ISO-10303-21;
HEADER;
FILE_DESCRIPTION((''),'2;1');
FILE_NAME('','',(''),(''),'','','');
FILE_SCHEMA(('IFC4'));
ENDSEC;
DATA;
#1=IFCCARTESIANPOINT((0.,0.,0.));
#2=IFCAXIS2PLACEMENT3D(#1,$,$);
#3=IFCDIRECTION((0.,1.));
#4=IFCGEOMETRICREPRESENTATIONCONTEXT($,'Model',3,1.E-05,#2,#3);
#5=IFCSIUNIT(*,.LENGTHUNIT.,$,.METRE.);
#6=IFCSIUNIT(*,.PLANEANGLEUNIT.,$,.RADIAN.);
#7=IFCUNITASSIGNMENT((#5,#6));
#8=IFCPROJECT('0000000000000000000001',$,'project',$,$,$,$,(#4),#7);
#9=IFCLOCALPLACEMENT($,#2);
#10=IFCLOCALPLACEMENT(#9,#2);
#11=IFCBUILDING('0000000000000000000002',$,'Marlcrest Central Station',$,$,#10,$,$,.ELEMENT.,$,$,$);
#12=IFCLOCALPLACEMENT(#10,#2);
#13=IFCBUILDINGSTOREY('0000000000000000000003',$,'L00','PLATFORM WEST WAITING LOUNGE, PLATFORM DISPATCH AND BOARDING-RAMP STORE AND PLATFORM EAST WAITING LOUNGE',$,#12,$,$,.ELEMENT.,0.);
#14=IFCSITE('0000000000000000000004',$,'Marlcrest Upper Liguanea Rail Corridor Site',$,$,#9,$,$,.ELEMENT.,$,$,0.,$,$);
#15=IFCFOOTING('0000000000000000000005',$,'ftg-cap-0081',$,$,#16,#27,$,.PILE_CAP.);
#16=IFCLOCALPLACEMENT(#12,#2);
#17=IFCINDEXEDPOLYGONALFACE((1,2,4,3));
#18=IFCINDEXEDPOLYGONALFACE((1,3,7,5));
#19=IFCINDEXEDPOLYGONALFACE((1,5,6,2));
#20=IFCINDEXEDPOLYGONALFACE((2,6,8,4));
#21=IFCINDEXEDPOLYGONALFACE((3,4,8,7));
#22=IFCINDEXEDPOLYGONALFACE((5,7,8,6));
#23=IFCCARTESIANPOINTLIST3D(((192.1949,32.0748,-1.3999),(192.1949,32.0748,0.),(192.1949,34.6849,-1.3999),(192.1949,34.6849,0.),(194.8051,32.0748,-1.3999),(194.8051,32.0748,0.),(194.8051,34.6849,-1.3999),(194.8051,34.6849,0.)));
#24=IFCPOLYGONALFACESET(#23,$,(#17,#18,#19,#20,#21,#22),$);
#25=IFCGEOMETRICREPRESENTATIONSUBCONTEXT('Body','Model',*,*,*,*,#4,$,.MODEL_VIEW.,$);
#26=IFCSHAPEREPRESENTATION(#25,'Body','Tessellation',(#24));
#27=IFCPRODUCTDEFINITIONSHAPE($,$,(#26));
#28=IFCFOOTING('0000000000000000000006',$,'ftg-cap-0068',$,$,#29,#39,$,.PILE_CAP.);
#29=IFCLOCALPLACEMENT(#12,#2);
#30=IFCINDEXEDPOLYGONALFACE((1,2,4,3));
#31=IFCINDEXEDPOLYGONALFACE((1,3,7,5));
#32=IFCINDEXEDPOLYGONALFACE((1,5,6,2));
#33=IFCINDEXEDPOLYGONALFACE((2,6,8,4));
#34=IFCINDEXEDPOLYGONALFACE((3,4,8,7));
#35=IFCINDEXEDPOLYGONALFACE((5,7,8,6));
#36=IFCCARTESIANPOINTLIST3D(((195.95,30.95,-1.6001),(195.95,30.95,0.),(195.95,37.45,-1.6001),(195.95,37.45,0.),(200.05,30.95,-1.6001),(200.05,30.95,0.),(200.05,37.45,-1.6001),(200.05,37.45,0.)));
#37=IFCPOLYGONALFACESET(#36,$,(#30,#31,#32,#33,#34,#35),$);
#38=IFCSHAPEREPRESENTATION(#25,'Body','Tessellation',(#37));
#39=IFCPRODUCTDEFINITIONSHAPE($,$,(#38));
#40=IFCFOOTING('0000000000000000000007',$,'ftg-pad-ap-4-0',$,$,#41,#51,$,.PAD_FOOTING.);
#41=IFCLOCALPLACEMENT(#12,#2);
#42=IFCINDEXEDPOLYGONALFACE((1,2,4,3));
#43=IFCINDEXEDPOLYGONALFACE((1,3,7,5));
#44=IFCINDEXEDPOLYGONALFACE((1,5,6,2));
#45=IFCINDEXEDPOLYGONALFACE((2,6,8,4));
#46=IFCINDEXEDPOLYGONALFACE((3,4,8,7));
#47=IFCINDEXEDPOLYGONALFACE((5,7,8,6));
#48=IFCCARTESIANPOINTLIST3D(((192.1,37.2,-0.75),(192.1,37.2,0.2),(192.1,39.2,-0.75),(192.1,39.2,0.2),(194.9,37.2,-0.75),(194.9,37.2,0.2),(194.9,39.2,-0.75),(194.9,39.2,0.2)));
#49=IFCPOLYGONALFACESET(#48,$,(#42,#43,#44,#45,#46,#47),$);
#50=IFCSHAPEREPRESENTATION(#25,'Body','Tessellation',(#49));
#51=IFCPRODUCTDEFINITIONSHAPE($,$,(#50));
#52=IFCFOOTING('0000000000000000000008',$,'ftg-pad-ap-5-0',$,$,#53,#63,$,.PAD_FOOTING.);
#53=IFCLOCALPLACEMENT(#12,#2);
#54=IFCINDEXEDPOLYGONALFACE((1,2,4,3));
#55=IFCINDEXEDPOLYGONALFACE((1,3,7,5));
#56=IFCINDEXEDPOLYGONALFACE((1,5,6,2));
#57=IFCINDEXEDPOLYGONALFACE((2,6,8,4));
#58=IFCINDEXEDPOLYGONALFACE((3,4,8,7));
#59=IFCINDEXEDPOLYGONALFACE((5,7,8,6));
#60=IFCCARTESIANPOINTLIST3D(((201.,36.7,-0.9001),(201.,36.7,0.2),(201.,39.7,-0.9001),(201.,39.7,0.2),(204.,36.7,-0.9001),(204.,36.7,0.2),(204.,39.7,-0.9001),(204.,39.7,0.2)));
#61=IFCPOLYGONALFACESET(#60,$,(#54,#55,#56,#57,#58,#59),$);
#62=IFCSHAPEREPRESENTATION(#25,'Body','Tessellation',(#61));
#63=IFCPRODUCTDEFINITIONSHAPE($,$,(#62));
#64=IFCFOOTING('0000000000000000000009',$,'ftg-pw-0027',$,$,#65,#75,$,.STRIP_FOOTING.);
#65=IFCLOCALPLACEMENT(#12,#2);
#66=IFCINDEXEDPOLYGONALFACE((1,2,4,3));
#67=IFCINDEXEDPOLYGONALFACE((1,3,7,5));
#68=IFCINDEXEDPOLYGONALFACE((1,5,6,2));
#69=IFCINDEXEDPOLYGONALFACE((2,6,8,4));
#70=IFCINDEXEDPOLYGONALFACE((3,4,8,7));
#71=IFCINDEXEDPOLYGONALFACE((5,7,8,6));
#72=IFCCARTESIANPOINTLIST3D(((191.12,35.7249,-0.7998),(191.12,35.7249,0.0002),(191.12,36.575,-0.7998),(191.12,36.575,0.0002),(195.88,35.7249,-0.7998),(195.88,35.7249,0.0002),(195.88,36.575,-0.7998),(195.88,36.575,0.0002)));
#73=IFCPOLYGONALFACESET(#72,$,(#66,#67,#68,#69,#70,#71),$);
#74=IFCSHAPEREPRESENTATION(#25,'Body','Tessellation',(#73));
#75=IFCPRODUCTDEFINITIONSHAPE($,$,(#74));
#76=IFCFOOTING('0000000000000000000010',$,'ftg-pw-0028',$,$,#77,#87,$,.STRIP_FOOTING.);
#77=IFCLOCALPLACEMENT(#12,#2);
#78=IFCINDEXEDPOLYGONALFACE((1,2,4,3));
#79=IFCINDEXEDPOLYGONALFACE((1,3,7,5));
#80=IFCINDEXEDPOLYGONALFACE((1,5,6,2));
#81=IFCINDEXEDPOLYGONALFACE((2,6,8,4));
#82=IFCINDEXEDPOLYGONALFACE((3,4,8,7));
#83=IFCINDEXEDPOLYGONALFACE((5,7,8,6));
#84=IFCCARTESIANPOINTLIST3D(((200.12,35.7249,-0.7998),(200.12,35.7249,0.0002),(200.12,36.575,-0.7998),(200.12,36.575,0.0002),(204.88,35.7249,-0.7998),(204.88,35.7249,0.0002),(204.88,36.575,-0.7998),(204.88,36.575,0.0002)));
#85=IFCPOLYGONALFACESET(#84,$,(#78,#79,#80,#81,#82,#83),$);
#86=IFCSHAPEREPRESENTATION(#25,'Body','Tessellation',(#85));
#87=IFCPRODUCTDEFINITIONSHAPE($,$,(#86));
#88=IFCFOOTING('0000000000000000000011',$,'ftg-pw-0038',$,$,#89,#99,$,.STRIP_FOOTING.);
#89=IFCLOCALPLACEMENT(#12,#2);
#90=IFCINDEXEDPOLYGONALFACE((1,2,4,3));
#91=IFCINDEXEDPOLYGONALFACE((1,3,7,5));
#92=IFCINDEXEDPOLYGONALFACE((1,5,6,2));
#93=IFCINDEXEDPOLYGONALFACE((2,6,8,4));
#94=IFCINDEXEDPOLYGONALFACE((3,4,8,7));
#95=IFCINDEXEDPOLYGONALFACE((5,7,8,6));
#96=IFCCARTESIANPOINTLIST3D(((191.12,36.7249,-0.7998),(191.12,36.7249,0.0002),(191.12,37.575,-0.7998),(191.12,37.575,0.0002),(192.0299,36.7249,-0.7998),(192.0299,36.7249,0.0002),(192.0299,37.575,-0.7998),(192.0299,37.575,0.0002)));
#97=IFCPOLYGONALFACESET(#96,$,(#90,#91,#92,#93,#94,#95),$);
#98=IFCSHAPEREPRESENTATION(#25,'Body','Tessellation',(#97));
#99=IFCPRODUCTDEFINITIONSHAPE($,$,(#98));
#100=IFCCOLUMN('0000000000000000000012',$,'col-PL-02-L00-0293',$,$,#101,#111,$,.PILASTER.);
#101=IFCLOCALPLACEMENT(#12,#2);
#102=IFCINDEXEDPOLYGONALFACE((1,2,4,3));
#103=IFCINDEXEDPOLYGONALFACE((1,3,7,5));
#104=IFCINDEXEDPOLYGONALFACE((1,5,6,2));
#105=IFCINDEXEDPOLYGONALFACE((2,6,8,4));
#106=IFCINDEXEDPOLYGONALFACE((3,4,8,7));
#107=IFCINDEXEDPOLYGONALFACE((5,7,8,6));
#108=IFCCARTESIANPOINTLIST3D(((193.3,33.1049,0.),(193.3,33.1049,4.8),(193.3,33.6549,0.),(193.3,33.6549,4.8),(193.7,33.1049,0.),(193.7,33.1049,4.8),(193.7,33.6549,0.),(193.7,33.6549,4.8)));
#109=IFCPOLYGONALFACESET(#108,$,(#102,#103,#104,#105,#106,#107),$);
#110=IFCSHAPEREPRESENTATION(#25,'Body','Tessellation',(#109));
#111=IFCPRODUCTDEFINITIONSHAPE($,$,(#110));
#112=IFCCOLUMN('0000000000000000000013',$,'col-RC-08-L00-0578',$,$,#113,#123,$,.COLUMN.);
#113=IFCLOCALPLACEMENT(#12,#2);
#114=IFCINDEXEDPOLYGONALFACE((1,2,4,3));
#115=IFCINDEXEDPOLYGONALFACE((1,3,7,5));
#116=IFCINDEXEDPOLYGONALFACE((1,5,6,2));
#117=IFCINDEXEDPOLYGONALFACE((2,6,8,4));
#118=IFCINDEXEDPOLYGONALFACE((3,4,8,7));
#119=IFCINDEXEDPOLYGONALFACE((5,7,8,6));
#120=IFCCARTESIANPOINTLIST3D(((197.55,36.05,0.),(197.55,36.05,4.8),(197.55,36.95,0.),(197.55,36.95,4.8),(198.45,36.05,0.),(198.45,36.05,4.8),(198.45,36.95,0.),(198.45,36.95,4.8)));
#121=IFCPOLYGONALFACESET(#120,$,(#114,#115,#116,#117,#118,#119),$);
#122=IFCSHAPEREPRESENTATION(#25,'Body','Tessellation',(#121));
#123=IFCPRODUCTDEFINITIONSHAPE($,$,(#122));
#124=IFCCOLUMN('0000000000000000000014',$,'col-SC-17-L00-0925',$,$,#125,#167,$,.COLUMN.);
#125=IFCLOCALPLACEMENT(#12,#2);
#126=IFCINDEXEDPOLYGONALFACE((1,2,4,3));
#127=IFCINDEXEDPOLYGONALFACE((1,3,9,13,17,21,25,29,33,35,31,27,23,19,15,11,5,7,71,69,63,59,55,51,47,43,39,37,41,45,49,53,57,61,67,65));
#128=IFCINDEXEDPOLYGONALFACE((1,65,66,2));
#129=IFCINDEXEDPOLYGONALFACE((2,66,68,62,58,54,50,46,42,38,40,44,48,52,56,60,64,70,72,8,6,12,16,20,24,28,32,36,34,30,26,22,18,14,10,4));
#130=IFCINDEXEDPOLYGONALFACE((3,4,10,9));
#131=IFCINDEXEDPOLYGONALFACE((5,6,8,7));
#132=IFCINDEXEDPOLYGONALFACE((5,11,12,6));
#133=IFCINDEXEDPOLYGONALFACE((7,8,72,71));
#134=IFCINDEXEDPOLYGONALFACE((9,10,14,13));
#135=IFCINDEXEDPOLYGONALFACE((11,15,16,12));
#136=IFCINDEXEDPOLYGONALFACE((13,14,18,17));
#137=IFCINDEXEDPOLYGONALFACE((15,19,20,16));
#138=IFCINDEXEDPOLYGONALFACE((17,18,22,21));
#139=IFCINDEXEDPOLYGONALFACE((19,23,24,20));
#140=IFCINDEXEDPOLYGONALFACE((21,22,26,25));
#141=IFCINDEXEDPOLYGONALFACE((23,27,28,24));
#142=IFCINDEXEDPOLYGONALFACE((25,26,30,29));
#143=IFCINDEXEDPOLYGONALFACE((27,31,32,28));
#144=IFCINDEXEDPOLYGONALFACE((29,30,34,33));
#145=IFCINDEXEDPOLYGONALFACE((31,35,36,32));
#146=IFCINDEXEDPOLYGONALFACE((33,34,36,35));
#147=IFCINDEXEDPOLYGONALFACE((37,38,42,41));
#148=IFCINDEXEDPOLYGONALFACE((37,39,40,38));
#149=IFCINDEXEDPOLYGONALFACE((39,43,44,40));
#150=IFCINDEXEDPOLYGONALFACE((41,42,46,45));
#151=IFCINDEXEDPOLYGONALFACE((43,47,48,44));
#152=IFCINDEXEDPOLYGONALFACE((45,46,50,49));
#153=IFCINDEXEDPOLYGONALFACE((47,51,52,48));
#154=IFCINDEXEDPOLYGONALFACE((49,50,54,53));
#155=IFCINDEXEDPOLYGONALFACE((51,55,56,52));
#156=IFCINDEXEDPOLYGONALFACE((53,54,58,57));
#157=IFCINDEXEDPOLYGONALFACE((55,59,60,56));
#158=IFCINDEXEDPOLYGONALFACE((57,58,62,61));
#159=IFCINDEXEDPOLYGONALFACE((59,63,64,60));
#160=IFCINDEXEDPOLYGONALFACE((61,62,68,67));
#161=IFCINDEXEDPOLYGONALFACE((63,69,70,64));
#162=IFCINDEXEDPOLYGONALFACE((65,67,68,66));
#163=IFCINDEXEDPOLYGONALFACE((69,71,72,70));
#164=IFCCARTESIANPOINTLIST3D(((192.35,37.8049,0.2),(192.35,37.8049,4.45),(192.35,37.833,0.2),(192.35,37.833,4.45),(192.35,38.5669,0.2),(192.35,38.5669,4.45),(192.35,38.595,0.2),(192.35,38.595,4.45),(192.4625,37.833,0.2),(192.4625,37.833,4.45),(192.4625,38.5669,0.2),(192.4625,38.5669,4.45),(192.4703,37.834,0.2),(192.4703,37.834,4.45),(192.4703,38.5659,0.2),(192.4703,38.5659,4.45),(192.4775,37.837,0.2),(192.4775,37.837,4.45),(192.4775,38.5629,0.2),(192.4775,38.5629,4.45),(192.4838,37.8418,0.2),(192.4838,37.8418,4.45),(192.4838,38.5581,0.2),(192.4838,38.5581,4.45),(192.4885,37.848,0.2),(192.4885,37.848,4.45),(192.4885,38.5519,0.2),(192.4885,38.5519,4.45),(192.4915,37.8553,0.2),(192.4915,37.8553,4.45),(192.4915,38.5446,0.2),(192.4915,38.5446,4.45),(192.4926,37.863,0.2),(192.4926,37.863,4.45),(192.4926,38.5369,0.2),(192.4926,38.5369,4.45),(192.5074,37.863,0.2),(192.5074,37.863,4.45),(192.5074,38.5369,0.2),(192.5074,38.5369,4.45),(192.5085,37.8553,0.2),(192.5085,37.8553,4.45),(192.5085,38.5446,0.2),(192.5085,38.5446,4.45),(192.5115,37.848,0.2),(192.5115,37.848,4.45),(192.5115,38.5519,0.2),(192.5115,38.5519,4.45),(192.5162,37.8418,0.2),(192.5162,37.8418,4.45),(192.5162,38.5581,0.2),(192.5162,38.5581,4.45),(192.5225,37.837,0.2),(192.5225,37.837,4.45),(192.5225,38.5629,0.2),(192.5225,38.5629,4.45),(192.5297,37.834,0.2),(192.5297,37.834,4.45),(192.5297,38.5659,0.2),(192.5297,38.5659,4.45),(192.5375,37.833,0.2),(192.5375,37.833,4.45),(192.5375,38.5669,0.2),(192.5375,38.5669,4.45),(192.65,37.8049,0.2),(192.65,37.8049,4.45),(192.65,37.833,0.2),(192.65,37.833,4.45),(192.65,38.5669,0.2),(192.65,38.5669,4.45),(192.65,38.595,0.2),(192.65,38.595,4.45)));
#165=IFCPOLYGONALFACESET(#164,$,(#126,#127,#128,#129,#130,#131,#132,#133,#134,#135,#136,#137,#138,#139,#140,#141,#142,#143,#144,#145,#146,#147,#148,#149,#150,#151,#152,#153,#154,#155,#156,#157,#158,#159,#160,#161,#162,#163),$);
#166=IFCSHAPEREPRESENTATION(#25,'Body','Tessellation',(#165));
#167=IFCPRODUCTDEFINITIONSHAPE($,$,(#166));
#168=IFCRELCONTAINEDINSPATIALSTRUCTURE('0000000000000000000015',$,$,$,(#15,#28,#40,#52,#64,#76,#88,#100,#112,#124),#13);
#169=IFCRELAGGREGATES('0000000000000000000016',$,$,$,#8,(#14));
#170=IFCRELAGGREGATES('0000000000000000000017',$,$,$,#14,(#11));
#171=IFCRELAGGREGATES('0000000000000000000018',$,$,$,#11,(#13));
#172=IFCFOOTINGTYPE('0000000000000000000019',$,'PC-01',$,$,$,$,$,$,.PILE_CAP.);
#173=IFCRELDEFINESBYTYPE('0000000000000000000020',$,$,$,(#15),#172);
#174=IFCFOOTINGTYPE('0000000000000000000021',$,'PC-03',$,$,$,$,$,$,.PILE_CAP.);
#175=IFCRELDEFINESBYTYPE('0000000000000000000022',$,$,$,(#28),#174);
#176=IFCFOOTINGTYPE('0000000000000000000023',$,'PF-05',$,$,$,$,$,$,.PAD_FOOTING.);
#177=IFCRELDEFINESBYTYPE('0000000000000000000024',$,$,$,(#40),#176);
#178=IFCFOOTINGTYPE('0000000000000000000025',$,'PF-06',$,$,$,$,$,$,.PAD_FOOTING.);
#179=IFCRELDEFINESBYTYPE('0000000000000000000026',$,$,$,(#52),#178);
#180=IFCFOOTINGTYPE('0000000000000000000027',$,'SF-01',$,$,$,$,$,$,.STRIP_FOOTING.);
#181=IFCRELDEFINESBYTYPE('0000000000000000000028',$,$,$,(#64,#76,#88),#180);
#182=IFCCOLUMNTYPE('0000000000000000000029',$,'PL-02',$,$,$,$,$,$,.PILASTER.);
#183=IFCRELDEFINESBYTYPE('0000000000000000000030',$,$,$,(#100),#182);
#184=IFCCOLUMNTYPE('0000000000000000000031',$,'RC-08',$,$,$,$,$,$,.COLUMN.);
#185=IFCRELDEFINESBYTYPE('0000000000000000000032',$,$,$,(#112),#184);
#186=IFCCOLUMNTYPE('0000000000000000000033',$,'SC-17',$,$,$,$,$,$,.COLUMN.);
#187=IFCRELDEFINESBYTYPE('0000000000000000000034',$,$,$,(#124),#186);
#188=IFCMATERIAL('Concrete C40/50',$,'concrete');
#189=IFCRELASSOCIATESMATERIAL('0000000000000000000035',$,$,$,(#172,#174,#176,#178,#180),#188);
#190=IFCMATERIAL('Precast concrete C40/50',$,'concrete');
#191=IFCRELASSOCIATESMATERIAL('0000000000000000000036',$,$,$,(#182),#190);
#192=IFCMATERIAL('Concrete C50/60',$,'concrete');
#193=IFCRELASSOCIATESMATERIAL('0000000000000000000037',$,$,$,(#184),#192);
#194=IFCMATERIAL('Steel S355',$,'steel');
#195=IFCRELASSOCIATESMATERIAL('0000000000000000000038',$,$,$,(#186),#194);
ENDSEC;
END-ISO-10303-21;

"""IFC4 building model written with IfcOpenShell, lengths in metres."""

from ifc_helpers import new_model, si_unit, direction, frame, origin, origin_2d, place, context, subcontext, project, spatial, rectangle, i_section, extrude, material, material_profile, profile_set, type_object, element, save


model = new_model("IFC4")

# Units and contexts
model_context = context("Model", 3, precision=1e-05, world=origin(), true_north=direction((0.0, 1.0)))
body_context = subcontext(model_context, "Body", "Model", "MODEL_VIEW")
ifc_project = project(units=[si_unit("LENGTHUNIT", "METRE"), si_unit("PLANEANGLEUNIT", "RADIAN")], contexts=[model_context])

# Site, building, storey
site_placement = place(None, origin())
site = spatial("IfcSite", under=ifc_project, at=site_placement, Name="Marlcrest Upper Liguanea Rail Corridor Site", CompositionType="ELEMENT", RefElevation=0.0)
building_placement = place(site_placement, origin())
building = spatial("IfcBuilding", under=site, at=building_placement, Name="Marlcrest Central Station", CompositionType="ELEMENT")
storey_placement = place(building_placement, origin())
storey = spatial("IfcBuildingStorey", under=building, at=storey_placement, Name="L00", Description="PLATFORM WEST WAITING LOUNGE, PLATFORM DISPATCH AND BOARDING-RAMP STORE AND PLATFORM EAST WAITING LOUNGE", CompositionType="ELEMENT", Elevation=0.0)

# Footings
ifc_material_1 = material(Name="Concrete C40/50", Category="concrete")
footing_type_1 = type_object("IfcFootingType", Name="PC-01", PredefinedType="PILE_CAP", material=ifc_material_1)
footing_1_placement = place(storey_placement, frame((193.5, 33.3799, -1.3999), z_axis=(0.0, 0.0, 1.0), x_axis=(1.0, 0.0, 0.0)))
element("IfcFooting", 1, at=footing_1_placement, inside=storey, type_object=footing_type_1, Name="ftg-cap-0081", PredefinedType="PILE_CAP", context=body_context, shape_type="SweptSolid", body=[
    extrude(rectangle(XDim=2.6101, YDim=2.6101, at=origin_2d()), origin(), (0.0, 0.0, 1.0), 1.3999),
])
footing_type_2 = type_object("IfcFootingType", Name="PC-03", PredefinedType="PILE_CAP", material=ifc_material_1)
footing_2_placement = place(storey_placement, frame((198.0, 34.2, -1.6001), z_axis=(0.0, 0.0, 1.0), x_axis=(1.0, 0.0, 0.0)))
element("IfcFooting", 2, at=footing_2_placement, inside=storey, type_object=footing_type_2, Name="ftg-cap-0068", PredefinedType="PILE_CAP", context=body_context, shape_type="SweptSolid", body=[
    extrude(rectangle(XDim=4.1001, YDim=6.5, at=origin_2d()), origin(), (0.0, 0.0, 1.0), 1.6001),
])
footing_type_3 = type_object("IfcFootingType", Name="PF-05", PredefinedType="PAD_FOOTING", material=ifc_material_1)
footing_3_placement = place(storey_placement, frame((193.5, 38.2, -0.75), z_axis=(0.0, 0.0, 1.0), x_axis=(1.0, 0.0, 0.0)))
element("IfcFooting", 3, at=footing_3_placement, inside=storey, type_object=footing_type_3, Name="ftg-pad-ap-4-0", PredefinedType="PAD_FOOTING", context=body_context, shape_type="SweptSolid", body=[
    extrude(rectangle(XDim=2.8, YDim=2.0, at=origin_2d()), origin(), (0.0, 0.0, 1.0), 0.95),
])
footing_type_4 = type_object("IfcFootingType", Name="PF-06", PredefinedType="PAD_FOOTING", material=ifc_material_1)
footing_4_placement = place(storey_placement, frame((202.5, 38.2, -0.9001), z_axis=(0.0, 0.0, 1.0), x_axis=(1.0, 0.0, 0.0)))
element("IfcFooting", 4, at=footing_4_placement, inside=storey, type_object=footing_type_4, Name="ftg-pad-ap-5-0", PredefinedType="PAD_FOOTING", context=body_context, shape_type="SweptSolid", body=[
    extrude(rectangle(XDim=3.0, YDim=3.0, at=origin_2d()), origin(), (0.0, 0.0, 1.0), 1.1001),
])
footing_type_5 = type_object("IfcFootingType", Name="SF-01", PredefinedType="STRIP_FOOTING", material=ifc_material_1)
for number, where, z_axis, x_axis, name in (
    (5, (193.5, 36.1499, -0.7998), (0.0, 0.0, 1.0), (1.0, 0.0, 0.0), "ftg-pw-0027"),
    (6, (202.5, 36.1499, -0.7998), (0.0, 0.0, 1.0), (1.0, 0.0, 0.0), "ftg-pw-0028"),
):
    element("IfcFooting", number, at=place(storey_placement, frame(where, z_axis=z_axis, x_axis=x_axis)), inside=storey, type_object=footing_type_5, Name=name, PredefinedType="STRIP_FOOTING", context=body_context, shape_type="SweptSolid", body=[
        extrude(rectangle(XDim=4.76, YDim=0.8501, at=origin_2d()), origin(), (0.0, 0.0, 1.0), 0.8),
    ])
footing_5_placement = place(storey_placement, frame((191.575, 37.1499, -0.7998), z_axis=(0.0, 0.0, 1.0), x_axis=(1.0, 0.0, 0.0)))
element("IfcFooting", 7, at=footing_5_placement, inside=storey, type_object=footing_type_5, Name="ftg-pw-0038", PredefinedType="STRIP_FOOTING", context=body_context, shape_type="SweptSolid", body=[
    extrude(rectangle(XDim=0.9099, YDim=0.8501, at=origin_2d()), origin(), (0.0, 0.0, 1.0), 0.8),
])

# Columns
ifc_material_2 = material(Name="Precast concrete C40/50", Category="concrete")
ifc_material_profile_1 = material_profile(ifc_material_2, rectangle(XDim=0.3999, YDim=0.55, at=origin_2d()), Name="PIL 400x550")
ifc_profile_set_1 = profile_set([ifc_material_profile_1], Name="Precast concrete C40/50")
column_type_1 = type_object("IfcColumnType", Name="PL-02", PredefinedType="PILASTER", material=ifc_profile_set_1)
column_1_placement = place(storey_placement, frame((193.5, 33.3799, 0.0), z_axis=(0.0, 0.0, 1.0), x_axis=(1.0, 0.0, 0.0)))
element("IfcColumn", 8, at=column_1_placement, inside=storey, type_object=column_type_1, Name="col-PL-02-L00-0293", PredefinedType="PILASTER", context=body_context, shape_type="SweptSolid", body=[
    extrude(rectangle(XDim=0.3999, YDim=0.55, at=origin_2d()), origin(), (0.0, 0.0, 1.0), 4.8),
])
ifc_material_3 = material(Name="Concrete C50/60", Category="concrete")
ifc_material_profile_2 = material_profile(ifc_material_3, rectangle(XDim=0.8999, YDim=0.8999, at=origin_2d()), Name="RC 900x900")
ifc_profile_set_2 = profile_set([ifc_material_profile_2], Name="Concrete C50/60")
column_type_2 = type_object("IfcColumnType", Name="RC-08", PredefinedType="COLUMN", material=ifc_profile_set_2)
column_2_placement = place(storey_placement, frame((198.0, 36.5, 0.0), z_axis=(0.0, 0.0, 1.0), x_axis=(1.0, 0.0, 0.0)))
element("IfcColumn", 9, at=column_2_placement, inside=storey, type_object=column_type_2, Name="col-RC-08-L00-0578", PredefinedType="COLUMN", context=body_context, shape_type="SweptSolid", body=[
    extrude(rectangle(XDim=0.8999, YDim=0.8999, at=origin_2d()), origin(), (0.0, 0.0, 1.0), 4.8),
])
ifc_material_4 = material(Name="Steel S355", Category="steel")
ifc_material_profile_3 = material_profile(ifc_material_4, i_section(OverallWidth=0.3, OverallDepth=0.79, WebThickness=0.0149, FlangeThickness=0.0281, FilletRadius=0.03, at=origin_2d()), Name="HEA 800")
ifc_profile_set_3 = profile_set([ifc_material_profile_3], Name="Steel S355")
column_type_3 = type_object("IfcColumnType", Name="SC-17", PredefinedType="COLUMN", material=ifc_profile_set_3)
column_3_placement = place(storey_placement, frame((192.5, 38.2, 0.2), z_axis=(0.0, 0.0, 1.0), x_axis=(1.0, 0.0, 0.0)))
element("IfcColumn", 10, at=column_3_placement, inside=storey, type_object=column_type_3, Name="col-SC-17-L00-0925", PredefinedType="COLUMN", context=body_context, shape_type="SweptSolid", body=[
    extrude(i_section(OverallWidth=0.3, OverallDepth=0.79, WebThickness=0.0149, FlangeThickness=0.0281, FilletRadius=0.03, at=origin_2d()), origin(), (0.0, 0.0, 1.0), 4.25),
])

save(model, "model.ifc")
